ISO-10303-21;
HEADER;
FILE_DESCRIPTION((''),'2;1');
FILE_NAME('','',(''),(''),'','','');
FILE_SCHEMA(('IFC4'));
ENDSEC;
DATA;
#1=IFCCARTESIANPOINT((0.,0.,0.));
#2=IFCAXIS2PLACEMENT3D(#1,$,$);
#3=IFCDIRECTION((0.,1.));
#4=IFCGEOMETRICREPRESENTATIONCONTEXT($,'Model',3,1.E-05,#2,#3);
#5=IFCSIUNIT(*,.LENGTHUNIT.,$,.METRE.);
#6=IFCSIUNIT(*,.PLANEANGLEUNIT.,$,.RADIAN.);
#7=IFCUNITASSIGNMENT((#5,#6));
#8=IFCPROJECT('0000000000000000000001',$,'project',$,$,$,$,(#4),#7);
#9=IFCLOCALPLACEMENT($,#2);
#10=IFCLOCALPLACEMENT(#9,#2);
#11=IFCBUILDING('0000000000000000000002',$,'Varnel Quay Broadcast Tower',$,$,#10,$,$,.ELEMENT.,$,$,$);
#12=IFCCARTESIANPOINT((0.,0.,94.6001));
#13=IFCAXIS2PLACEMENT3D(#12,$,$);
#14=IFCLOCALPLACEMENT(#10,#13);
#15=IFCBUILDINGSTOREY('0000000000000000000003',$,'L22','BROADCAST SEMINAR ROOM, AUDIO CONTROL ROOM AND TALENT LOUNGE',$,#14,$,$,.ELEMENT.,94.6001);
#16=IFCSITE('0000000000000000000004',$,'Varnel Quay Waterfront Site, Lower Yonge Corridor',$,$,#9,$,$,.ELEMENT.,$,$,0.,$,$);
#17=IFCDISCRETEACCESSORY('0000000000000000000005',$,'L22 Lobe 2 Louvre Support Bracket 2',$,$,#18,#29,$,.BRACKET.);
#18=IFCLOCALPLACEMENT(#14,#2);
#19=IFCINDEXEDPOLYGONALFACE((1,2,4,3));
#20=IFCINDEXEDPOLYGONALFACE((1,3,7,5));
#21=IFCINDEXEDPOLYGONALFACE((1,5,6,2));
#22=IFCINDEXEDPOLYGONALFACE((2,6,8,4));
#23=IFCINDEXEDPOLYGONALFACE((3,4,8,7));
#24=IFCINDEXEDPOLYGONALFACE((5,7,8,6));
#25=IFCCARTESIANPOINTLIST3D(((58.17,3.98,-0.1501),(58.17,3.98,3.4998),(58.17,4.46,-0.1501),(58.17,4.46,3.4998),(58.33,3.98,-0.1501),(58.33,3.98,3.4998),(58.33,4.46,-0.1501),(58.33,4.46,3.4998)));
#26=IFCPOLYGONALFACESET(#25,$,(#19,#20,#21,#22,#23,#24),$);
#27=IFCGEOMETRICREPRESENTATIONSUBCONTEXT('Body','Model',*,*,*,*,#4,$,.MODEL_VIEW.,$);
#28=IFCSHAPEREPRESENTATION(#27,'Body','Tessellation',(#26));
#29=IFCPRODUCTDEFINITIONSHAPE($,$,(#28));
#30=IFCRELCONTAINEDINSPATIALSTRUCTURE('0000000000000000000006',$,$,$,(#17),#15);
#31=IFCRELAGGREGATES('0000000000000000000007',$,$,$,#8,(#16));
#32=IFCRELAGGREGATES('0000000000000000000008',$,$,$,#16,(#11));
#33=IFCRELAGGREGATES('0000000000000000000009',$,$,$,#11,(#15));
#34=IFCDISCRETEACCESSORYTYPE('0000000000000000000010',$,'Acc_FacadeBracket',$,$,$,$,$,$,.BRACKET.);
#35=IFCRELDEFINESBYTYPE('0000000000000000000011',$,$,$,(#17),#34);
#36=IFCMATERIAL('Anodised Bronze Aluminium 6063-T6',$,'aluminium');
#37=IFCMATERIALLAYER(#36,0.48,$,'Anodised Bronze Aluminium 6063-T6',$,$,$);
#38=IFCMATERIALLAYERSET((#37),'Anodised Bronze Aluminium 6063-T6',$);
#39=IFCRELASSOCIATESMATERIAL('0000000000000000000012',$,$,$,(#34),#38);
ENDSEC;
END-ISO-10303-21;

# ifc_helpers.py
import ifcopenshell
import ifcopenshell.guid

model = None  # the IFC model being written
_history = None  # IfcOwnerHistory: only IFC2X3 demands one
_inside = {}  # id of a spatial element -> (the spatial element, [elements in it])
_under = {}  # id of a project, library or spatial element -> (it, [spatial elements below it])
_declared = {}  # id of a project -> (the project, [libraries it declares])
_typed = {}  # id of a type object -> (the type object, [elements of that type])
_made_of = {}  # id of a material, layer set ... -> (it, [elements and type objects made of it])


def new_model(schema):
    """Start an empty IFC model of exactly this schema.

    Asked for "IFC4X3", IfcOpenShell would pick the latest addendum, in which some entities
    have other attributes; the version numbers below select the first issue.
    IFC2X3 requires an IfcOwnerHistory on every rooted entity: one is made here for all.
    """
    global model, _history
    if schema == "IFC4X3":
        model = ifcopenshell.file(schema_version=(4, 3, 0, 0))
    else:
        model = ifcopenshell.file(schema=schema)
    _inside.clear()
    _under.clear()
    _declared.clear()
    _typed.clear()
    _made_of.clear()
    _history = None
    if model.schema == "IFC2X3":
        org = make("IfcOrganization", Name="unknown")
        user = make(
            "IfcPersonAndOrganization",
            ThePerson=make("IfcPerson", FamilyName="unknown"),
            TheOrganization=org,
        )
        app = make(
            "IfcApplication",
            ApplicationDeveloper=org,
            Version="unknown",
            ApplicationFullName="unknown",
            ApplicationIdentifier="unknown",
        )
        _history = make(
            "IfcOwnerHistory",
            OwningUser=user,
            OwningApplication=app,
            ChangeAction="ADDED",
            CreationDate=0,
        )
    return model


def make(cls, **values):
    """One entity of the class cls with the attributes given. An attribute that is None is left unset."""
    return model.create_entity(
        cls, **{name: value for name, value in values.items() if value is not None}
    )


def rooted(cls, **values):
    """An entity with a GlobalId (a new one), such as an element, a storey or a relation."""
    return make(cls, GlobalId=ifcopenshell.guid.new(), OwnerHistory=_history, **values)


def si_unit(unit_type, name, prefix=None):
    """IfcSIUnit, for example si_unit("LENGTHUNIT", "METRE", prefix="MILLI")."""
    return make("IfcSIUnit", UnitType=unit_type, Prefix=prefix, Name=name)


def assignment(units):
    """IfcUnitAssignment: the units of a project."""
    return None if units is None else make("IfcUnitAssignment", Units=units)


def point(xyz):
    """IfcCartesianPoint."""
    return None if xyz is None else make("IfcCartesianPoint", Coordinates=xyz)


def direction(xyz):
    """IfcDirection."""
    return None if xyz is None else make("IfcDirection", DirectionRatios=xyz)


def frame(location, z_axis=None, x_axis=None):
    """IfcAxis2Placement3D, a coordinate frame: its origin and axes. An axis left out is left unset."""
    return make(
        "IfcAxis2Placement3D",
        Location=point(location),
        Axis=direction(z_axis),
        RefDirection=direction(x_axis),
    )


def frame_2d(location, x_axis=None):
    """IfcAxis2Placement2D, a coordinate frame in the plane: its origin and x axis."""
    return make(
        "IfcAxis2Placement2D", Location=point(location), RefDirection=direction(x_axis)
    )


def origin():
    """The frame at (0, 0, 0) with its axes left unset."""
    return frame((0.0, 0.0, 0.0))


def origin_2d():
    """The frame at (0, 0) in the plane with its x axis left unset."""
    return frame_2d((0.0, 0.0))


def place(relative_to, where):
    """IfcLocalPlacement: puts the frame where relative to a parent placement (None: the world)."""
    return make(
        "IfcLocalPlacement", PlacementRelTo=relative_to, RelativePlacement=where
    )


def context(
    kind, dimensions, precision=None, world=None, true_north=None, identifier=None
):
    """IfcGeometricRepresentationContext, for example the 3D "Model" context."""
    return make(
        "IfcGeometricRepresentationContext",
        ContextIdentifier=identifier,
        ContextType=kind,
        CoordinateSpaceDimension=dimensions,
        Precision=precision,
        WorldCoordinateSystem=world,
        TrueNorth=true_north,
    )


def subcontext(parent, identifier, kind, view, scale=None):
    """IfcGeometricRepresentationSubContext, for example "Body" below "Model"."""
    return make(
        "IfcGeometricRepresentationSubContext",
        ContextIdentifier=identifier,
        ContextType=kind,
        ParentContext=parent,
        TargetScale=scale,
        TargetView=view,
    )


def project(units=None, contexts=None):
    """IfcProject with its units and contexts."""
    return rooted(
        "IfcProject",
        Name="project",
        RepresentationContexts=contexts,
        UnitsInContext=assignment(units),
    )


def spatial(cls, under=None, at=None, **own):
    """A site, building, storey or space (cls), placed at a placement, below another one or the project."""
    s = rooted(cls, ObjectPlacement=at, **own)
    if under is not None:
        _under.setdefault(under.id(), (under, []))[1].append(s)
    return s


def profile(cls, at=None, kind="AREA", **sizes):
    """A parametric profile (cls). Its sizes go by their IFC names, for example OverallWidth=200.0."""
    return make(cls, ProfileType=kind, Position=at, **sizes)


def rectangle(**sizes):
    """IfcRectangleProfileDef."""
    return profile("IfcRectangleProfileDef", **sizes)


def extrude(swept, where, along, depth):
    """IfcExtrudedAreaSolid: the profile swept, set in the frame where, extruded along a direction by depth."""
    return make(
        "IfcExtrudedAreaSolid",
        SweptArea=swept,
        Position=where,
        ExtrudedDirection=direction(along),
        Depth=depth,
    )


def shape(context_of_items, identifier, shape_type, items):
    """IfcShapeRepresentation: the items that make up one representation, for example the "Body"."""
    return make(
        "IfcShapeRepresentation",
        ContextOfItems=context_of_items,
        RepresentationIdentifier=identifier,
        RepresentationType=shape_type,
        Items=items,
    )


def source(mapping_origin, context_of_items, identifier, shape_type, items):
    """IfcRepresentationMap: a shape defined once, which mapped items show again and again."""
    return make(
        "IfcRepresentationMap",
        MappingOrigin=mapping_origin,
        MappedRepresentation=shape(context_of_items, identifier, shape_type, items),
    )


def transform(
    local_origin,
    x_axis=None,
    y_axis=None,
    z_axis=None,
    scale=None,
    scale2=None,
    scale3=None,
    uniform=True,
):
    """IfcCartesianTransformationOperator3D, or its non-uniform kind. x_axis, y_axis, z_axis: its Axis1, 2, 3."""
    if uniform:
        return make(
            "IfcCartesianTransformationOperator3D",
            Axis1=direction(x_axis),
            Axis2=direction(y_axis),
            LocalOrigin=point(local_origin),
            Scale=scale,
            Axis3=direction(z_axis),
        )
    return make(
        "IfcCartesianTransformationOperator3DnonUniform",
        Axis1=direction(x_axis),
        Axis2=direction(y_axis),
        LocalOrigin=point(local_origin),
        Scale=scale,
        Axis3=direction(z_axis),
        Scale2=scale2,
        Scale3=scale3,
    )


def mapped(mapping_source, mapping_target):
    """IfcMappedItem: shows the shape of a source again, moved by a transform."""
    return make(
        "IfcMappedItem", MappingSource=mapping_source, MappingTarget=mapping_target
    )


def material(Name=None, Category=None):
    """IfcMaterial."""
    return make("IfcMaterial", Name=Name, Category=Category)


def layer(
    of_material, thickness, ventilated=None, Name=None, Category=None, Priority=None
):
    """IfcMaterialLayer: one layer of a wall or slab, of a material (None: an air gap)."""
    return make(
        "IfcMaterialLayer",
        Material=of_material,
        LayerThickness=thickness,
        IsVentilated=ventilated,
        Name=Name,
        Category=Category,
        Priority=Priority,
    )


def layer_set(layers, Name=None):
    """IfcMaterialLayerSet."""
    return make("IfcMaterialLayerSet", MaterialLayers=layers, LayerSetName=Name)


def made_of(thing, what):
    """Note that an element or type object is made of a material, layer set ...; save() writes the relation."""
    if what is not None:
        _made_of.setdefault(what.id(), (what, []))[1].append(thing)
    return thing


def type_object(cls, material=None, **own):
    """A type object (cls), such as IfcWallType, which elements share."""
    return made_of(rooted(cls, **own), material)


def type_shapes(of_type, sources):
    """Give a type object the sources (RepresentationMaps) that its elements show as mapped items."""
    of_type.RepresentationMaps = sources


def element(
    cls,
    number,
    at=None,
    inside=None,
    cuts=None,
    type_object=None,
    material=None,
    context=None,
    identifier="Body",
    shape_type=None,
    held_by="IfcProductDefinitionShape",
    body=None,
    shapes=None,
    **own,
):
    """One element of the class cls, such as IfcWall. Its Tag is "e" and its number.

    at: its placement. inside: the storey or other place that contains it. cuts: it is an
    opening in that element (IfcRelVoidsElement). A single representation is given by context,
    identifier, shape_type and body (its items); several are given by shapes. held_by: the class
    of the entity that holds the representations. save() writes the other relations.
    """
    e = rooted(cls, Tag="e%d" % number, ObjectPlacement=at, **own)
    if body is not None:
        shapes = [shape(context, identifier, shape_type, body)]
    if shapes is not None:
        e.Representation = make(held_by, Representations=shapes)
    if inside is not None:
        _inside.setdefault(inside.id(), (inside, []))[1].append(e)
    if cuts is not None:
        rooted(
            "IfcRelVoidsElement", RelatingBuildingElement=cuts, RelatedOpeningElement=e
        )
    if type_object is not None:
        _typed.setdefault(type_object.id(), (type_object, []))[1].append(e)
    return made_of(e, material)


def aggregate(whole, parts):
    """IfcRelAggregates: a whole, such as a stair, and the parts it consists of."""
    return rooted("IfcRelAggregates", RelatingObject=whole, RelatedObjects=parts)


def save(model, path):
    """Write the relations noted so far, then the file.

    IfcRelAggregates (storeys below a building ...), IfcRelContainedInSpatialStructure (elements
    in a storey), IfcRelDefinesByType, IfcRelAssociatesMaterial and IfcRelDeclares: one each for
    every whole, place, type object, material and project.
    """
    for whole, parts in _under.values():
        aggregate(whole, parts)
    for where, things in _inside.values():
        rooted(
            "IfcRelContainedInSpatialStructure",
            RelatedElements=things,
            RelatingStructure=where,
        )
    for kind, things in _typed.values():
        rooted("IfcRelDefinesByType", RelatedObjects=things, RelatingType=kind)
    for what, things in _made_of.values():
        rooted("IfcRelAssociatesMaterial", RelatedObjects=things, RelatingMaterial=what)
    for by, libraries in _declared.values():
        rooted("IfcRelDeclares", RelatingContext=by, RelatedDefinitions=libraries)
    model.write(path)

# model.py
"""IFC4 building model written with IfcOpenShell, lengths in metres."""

from ifc_helpers import new_model, si_unit, direction, frame, origin, origin_2d, place, context, subcontext, project, spatial, rectangle, extrude, source, transform, mapped, material, layer, layer_set, type_object, type_shapes, element, save


model = new_model("IFC4")

# Units and contexts
model_context = context("Model", 3, precision=1e-05, world=origin(), true_north=direction((0.0, 1.0)))
body_context = subcontext(model_context, "Body", "Model", "MODEL_VIEW")
ifc_project = project(units=[si_unit("LENGTHUNIT", "METRE"), si_unit("PLANEANGLEUNIT", "RADIAN")], contexts=[model_context])

# Site, building, storey
site_placement = place(None, origin())
site = spatial("IfcSite", under=ifc_project, at=site_placement, Name="Varnel Quay Waterfront Site, Lower Yonge Corridor", CompositionType="ELEMENT", RefElevation=0.0)
building_placement = place(site_placement, origin())
building = spatial("IfcBuilding", under=site, at=building_placement, Name="Varnel Quay Broadcast Tower", CompositionType="ELEMENT")
storey_placement = place(building_placement, frame((0.0, 0.0, 94.6001)))
storey = spatial("IfcBuildingStorey", under=building, at=storey_placement, Name="L22", Description="BROADCAST SEMINAR ROOM, AUDIO CONTROL ROOM AND TALENT LOUNGE", CompositionType="ELEMENT", Elevation=94.6001)

# Shared definitions
ifc_material_1 = material(Name="Anodised Bronze Aluminium 6063-T6", Category="aluminium")

# Discrete accessory
ifc_layer_1 = layer(ifc_material_1, 0.48, Name="Anodised Bronze Aluminium 6063-T6")
ifc_layer_set_1 = layer_set([ifc_layer_1], Name="Anodised Bronze Aluminium 6063-T6")
discrete_accessory_type = type_object("IfcDiscreteAccessoryType", Name="Acc_FacadeBracket", PredefinedType="BRACKET", material=ifc_layer_set_1)
shared_shape_1 = source(origin(), body_context, "Body", "SweptSolid", [
    extrude(rectangle(XDim=0.1599, YDim=0.48, at=origin_2d()), origin(), (0.0, 0.0, 1.0), 3.6499),
])
type_shapes(discrete_accessory_type, [shared_shape_1])
discrete_accessory_placement = place(storey_placement, frame((58.25, 4.22, -0.1501), z_axis=(0.0, 0.0, 1.0), x_axis=(1.0, 0.0, 0.0)))
element("IfcDiscreteAccessory", 1, at=discrete_accessory_placement, inside=storey, type_object=discrete_accessory_type, Name="L22 Lobe 2 Louvre Support Bracket 2", PredefinedType="BRACKET", context=body_context, shape_type="MappedRepresentation", body=[
    mapped(shared_shape_1, transform((0.0, 0.0, 0.0), x_axis=(1.0, 0.0, 0.0), y_axis=(0.0, 1.0, 0.0), z_axis=(0.0, 0.0, 1.0), scale=1.0)),
])

save(model, "model.ifc")
